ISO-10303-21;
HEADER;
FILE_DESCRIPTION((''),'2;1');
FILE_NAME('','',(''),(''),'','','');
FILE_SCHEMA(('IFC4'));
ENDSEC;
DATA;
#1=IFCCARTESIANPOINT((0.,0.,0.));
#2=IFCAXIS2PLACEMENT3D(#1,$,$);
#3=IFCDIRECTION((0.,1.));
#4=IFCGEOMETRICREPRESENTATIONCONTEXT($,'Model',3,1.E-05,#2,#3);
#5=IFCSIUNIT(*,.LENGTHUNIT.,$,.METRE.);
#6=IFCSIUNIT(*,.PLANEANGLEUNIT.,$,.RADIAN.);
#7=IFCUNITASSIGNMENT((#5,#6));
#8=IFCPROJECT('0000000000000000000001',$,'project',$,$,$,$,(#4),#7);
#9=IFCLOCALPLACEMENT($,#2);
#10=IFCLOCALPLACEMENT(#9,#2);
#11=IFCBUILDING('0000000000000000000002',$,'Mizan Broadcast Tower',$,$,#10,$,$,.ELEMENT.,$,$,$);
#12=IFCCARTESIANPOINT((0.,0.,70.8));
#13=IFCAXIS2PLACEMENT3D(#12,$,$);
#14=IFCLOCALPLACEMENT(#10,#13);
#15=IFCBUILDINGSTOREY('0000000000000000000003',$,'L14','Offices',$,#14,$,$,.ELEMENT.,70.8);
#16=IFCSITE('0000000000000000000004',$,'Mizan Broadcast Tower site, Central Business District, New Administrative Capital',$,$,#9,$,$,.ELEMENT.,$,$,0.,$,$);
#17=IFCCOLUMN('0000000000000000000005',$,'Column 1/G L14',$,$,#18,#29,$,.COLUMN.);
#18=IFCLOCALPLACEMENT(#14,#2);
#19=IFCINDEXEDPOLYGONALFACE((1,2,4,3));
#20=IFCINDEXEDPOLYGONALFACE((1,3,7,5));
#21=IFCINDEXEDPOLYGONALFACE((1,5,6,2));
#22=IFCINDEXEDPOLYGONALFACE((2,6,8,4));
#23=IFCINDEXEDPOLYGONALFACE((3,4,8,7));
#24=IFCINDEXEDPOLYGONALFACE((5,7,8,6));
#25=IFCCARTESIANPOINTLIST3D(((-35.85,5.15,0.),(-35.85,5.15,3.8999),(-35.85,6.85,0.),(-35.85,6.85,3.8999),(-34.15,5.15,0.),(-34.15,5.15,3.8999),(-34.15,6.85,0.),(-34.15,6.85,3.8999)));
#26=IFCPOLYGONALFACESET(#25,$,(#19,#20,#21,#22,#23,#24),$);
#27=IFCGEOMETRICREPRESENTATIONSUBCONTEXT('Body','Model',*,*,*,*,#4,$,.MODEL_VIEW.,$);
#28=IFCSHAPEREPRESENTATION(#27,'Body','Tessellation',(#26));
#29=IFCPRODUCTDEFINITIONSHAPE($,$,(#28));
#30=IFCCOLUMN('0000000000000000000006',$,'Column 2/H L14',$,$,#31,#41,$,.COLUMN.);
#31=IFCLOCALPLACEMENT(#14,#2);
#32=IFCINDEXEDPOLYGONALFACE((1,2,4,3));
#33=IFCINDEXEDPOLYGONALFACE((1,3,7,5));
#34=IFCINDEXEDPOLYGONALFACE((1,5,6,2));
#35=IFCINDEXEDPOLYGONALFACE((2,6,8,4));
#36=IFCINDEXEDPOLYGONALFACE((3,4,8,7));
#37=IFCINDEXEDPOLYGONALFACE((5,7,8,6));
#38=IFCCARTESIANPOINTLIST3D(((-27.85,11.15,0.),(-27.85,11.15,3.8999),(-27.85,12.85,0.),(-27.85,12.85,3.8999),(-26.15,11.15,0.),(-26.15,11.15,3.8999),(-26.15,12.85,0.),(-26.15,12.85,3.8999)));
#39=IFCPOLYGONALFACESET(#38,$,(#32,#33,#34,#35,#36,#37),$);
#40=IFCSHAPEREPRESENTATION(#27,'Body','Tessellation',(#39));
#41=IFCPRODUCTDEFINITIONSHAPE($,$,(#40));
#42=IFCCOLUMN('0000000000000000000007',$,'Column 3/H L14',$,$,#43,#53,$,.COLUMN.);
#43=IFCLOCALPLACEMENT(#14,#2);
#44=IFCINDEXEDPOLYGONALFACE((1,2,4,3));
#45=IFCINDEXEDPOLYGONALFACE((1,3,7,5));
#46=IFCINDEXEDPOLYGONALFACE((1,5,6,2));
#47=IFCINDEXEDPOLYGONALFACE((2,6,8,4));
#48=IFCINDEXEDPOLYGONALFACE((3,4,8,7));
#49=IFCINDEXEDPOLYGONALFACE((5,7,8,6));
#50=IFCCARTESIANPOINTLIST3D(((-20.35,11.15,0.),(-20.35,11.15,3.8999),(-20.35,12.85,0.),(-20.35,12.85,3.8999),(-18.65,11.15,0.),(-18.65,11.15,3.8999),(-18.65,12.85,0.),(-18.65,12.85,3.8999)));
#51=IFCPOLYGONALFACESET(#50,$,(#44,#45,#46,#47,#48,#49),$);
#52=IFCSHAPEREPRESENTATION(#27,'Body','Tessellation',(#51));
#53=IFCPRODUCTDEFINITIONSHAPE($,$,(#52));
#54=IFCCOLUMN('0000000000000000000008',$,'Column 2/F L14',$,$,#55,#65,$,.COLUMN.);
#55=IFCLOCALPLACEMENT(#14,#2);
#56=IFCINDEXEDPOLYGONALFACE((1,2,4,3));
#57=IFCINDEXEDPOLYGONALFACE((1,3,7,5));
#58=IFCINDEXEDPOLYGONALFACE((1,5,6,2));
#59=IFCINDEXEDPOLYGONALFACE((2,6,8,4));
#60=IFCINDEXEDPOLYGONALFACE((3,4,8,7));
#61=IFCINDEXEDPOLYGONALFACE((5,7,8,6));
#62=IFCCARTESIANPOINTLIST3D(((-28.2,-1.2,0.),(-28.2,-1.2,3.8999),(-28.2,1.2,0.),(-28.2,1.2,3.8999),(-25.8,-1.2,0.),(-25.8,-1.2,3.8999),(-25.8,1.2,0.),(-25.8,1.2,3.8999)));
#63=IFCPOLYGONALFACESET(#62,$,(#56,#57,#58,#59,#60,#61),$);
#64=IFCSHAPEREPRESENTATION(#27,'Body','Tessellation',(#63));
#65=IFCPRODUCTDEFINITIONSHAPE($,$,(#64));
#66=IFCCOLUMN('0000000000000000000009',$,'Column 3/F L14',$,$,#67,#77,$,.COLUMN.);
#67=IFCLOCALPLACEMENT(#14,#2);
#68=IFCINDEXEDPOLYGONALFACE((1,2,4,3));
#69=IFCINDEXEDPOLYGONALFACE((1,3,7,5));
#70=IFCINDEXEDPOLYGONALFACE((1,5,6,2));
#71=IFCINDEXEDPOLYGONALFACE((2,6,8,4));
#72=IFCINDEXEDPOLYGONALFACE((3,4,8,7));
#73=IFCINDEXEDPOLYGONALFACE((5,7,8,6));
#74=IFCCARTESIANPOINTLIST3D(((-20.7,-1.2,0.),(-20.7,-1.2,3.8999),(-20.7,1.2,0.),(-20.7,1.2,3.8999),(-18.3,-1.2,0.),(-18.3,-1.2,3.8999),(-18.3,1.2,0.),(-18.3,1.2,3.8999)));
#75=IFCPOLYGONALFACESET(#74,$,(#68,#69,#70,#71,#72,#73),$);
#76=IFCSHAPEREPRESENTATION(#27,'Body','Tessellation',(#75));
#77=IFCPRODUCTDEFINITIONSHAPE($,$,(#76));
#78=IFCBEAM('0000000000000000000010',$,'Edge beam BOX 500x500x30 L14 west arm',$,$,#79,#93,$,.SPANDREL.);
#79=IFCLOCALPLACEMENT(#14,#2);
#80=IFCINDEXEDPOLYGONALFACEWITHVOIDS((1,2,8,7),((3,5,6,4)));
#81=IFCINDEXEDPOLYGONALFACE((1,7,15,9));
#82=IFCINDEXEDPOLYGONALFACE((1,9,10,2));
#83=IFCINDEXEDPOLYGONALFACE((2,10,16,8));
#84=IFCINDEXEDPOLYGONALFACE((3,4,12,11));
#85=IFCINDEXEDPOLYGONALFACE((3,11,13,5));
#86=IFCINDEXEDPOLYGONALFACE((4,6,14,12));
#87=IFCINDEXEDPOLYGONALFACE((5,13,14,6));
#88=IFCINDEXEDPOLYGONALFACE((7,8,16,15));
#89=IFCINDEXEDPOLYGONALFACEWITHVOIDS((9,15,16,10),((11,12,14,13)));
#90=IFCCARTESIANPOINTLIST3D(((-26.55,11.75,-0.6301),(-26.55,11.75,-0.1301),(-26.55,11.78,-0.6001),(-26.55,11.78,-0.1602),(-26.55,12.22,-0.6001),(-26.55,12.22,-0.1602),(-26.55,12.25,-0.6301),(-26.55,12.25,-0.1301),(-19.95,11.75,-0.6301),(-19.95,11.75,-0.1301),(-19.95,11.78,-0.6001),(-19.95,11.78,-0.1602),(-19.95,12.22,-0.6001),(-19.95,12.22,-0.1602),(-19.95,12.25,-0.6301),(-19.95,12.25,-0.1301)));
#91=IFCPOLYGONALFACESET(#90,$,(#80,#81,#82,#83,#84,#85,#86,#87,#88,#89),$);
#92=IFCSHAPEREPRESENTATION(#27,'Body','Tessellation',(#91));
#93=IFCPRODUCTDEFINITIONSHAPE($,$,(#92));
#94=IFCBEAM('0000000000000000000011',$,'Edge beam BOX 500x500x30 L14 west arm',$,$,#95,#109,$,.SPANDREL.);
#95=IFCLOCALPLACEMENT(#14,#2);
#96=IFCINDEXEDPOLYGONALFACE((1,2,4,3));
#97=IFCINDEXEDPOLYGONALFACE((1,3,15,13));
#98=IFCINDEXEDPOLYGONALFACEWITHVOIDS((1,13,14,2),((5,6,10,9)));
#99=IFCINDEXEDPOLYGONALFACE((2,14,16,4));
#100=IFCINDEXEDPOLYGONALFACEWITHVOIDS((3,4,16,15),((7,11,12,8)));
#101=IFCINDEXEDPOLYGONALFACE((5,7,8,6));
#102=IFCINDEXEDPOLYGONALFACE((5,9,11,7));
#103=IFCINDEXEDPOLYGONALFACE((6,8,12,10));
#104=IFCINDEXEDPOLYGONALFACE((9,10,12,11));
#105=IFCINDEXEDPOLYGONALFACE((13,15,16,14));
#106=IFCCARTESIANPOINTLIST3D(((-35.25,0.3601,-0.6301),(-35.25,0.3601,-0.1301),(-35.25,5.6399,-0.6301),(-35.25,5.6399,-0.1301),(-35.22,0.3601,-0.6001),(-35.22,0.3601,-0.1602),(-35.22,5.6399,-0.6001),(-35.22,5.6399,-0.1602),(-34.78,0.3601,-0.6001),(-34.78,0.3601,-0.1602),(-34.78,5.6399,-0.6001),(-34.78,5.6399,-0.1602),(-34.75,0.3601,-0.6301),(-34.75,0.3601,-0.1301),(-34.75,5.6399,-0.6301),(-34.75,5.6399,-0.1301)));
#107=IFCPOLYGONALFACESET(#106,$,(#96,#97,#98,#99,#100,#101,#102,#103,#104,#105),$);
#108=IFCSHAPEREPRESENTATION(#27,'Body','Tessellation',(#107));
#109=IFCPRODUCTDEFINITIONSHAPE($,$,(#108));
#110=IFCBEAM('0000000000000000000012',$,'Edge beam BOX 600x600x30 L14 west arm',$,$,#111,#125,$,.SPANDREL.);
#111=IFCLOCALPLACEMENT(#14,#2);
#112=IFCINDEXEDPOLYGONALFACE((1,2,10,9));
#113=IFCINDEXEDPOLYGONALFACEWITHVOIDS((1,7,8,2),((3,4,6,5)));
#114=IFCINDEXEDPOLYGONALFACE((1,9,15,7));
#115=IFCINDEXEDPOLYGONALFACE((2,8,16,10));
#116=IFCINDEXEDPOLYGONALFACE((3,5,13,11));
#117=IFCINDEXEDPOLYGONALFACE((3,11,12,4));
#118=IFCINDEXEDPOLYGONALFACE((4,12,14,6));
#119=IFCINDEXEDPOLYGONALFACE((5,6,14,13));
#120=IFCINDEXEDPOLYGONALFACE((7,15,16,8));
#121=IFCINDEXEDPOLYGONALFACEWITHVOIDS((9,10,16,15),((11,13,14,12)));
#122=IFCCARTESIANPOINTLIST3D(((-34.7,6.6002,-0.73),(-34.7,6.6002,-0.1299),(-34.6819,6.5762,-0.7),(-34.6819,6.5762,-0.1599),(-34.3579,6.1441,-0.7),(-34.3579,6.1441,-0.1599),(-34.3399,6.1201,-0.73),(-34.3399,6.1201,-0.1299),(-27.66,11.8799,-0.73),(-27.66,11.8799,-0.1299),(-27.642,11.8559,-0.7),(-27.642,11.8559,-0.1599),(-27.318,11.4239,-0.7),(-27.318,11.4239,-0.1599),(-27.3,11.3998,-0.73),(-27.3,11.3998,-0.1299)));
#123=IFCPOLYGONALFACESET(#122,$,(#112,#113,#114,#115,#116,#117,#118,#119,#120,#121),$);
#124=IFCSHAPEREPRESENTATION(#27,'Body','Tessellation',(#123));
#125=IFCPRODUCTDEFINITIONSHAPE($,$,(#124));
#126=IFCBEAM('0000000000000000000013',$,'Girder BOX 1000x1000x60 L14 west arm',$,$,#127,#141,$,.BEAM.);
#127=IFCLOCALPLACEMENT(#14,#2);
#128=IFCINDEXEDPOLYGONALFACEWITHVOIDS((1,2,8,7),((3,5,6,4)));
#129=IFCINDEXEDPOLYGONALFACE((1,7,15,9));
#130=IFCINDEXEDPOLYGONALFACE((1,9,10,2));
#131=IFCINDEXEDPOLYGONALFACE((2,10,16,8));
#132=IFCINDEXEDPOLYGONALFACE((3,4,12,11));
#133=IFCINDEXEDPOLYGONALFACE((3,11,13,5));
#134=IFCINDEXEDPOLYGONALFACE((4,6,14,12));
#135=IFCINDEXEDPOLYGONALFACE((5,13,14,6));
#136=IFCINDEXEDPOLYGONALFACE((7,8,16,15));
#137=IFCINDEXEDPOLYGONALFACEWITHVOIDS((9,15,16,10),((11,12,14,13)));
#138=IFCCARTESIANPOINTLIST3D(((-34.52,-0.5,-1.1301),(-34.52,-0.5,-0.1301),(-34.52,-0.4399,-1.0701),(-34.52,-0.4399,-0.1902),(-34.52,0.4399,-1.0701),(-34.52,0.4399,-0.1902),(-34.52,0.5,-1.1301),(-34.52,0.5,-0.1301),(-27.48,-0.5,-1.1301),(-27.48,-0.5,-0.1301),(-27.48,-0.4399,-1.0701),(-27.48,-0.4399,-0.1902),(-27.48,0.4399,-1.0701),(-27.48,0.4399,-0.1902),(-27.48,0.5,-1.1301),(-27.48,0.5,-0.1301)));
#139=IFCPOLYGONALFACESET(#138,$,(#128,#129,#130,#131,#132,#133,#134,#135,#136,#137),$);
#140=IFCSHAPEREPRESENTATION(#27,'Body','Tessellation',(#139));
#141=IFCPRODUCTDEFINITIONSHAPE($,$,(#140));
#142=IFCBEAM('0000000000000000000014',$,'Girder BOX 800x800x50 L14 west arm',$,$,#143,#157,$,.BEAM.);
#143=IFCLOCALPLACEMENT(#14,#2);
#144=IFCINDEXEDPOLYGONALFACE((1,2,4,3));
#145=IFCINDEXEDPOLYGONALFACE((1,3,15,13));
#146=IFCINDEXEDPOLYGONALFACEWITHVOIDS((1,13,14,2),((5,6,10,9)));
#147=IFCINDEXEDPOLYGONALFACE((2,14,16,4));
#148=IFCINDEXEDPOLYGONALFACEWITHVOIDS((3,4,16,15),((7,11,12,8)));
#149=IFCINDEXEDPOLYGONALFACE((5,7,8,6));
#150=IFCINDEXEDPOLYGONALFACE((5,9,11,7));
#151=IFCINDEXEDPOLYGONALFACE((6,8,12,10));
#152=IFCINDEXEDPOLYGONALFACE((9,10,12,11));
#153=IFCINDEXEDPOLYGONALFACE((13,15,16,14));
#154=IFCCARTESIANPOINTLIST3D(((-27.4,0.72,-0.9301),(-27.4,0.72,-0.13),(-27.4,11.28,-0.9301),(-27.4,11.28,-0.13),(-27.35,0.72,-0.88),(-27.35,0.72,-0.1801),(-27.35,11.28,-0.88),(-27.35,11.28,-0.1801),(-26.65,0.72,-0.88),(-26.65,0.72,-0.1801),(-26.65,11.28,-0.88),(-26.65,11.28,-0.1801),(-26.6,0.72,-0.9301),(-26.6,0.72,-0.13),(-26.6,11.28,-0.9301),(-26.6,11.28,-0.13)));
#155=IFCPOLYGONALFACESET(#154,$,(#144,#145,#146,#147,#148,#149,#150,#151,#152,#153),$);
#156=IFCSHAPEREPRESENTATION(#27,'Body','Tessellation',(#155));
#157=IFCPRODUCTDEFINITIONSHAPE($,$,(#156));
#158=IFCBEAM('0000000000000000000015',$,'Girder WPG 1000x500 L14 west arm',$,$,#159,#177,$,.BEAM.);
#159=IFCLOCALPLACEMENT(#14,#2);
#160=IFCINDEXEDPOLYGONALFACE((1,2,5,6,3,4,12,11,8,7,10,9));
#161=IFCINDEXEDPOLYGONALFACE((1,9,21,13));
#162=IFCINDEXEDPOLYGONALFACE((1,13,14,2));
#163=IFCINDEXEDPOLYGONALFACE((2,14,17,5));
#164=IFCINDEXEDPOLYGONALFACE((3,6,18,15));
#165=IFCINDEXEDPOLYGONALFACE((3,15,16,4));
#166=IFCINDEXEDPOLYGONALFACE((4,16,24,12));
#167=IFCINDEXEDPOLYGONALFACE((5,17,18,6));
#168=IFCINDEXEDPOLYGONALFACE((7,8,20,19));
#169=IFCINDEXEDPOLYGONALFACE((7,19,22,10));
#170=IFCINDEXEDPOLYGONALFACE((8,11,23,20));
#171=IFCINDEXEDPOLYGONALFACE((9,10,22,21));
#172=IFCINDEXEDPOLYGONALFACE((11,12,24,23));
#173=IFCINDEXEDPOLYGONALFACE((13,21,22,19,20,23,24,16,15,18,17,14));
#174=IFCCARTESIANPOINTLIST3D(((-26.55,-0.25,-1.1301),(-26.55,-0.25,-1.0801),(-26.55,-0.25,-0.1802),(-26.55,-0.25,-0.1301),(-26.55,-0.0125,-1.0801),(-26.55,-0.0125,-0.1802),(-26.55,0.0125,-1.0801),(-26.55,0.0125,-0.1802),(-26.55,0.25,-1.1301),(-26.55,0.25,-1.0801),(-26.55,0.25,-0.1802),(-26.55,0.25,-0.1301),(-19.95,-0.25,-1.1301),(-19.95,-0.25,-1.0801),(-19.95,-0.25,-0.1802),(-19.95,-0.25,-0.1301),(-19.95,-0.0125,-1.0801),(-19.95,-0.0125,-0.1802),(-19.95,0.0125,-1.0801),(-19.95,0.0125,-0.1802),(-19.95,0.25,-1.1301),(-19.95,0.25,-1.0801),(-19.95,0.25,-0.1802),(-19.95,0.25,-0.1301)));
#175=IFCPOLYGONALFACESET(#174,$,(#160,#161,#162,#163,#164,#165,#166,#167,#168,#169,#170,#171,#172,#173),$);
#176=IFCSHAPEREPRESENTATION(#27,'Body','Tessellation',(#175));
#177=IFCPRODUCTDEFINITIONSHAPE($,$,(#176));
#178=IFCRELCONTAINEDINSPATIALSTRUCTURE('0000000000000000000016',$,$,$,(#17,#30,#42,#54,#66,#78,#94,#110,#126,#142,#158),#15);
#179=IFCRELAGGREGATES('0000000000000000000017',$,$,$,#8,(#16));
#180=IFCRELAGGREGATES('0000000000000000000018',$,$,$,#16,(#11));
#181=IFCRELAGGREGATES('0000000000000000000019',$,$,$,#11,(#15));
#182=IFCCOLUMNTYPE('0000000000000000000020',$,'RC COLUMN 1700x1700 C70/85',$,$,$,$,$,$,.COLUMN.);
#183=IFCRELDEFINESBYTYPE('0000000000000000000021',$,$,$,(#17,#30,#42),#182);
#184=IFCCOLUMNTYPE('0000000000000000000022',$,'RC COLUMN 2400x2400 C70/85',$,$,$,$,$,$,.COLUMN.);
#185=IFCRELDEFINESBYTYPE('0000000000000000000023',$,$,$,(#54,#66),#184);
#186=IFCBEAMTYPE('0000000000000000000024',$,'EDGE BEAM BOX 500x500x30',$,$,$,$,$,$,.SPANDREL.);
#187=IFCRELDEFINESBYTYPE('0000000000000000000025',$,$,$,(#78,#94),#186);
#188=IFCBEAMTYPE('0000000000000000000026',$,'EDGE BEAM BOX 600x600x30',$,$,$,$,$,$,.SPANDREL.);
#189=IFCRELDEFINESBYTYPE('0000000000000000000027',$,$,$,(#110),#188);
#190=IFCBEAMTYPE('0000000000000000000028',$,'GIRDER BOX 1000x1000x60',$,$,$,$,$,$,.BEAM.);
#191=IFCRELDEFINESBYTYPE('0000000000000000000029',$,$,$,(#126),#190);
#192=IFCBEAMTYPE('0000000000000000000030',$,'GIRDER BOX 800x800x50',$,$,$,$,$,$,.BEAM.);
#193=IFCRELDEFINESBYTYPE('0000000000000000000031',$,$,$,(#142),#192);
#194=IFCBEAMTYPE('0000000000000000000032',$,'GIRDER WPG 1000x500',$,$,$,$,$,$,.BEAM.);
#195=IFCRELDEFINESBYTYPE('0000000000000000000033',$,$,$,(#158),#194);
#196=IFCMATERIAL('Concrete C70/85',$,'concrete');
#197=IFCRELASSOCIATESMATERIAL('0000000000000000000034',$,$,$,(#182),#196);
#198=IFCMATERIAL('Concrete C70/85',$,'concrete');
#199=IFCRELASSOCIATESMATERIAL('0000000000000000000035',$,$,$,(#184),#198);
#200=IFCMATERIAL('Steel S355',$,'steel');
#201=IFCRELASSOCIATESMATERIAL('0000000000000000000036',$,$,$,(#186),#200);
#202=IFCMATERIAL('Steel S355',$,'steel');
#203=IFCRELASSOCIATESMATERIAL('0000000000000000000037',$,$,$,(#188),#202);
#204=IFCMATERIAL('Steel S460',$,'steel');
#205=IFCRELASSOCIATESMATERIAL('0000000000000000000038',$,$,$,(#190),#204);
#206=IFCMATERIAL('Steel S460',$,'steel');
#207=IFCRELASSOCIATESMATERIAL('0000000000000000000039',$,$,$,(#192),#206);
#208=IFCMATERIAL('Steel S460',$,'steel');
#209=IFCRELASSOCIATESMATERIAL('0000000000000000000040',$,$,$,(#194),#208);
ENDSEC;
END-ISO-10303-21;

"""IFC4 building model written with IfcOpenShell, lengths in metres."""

from ifc_helpers import new_model, si_unit, direction, frame, origin, origin_2d, place, context, subcontext, project, spatial, rectangle, hollow_rectangle, i_section, extrude, material, material_profile, profile_set, type_object, element, save


model = new_model("IFC4")

# Units and contexts
model_context = context("Model", 3, precision=1e-05, world=origin(), true_north=direction((0.0, 1.0)))
body_context = subcontext(model_context, "Body", "Model", "MODEL_VIEW")
ifc_project = project(units=[si_unit("LENGTHUNIT", "METRE"), si_unit("PLANEANGLEUNIT", "RADIAN")], contexts=[model_context])

# Site, building, storey
site_placement = place(None, origin())
site = spatial("IfcSite", under=ifc_project, at=site_placement, Name="Mizan Broadcast Tower site, Central Business District, New Administrative Capital", CompositionType="ELEMENT", RefElevation=0.0)
building_placement = place(site_placement, origin())
building = spatial("IfcBuilding", under=site, at=building_placement, Name="Mizan Broadcast Tower", CompositionType="ELEMENT")
storey_placement = place(building_placement, frame((0.0, 0.0, 70.8)))
storey = spatial("IfcBuildingStorey", under=building, at=storey_placement, Name="L14", Description="Offices", CompositionType="ELEMENT", Elevation=70.8)

# Columns
ifc_material_1 = material(Name="Concrete C70/85", Category="concrete")
ifc_material_profile_1 = material_profile(ifc_material_1, rectangle(XDim=1.7, YDim=1.7, at=origin_2d()), Name="RC 1700x1700")
ifc_profile_set_1 = profile_set([ifc_material_profile_1], Name="Concrete C70/85")
column_type_1 = type_object("IfcColumnType", Name="RC COLUMN 1700x1700 C70/85", PredefinedType="COLUMN", material=ifc_profile_set_1)
for number, where, z_axis, x_axis, name in (
    (1, (-35.0, 6.0, 0.0), (0.0, 0.0, 1.0), (1.0, 0.0, 0.0), "Column 1/G L14"),
    (2, (-27.0, 12.0, 0.0), (0.0, 0.0, 1.0), (1.0, 0.0, 0.0), "Column 2/H L14"),
    (3, (-19.5, 12.0, 0.0), (0.0, 0.0, 1.0), (1.0, 0.0, 0.0), "Column 3/H L14"),
):
    element("IfcColumn", number, at=place(storey_placement, frame(where, z_axis=z_axis, x_axis=x_axis)), inside=storey, type_object=column_type_1, Name=name, PredefinedType="COLUMN", context=body_context, shape_type="SweptSolid", body=[
        extrude(rectangle(XDim=1.7, YDim=1.7, at=origin_2d()), origin(), (0.0, 0.0, 1.0), 3.8999),
    ])
ifc_material_2 = material(Name="Concrete C70/85", Category="concrete")
ifc_material_profile_2 = material_profile(ifc_material_2, rectangle(XDim=2.3999, YDim=2.3999, at=origin_2d()), Name="RC 2400x2400")
ifc_profile_set_2 = profile_set([ifc_material_profile_2], Name="Concrete C70/85")
column_type_2 = type_object("IfcColumnType", Name="RC COLUMN 2400x2400 C70/85", PredefinedType="COLUMN", material=ifc_profile_set_2)
for number, where, z_axis, x_axis, name in (
    (4, (-27.0, 0.0, 0.0), (0.0, 0.0, 1.0), (1.0, 0.0, 0.0), "Column 2/F L14"),
    (5, (-19.5, 0.0, 0.0), (0.0, 0.0, 1.0), (1.0, 0.0, 0.0), "Column 3/F L14"),
):
    element("IfcColumn", number, at=place(storey_placement, frame(where, z_axis=z_axis, x_axis=x_axis)), inside=storey, type_object=column_type_2, Name=name, PredefinedType="COLUMN", context=body_context, shape_type="SweptSolid", body=[
        extrude(rectangle(XDim=2.3999, YDim=2.3999, at=origin_2d()), origin(), (0.0, 0.0, 1.0), 3.8999),
    ])

# Beams
ifc_material_3 = material(Name="Steel S355", Category="steel")
ifc_material_profile_3 = material_profile(ifc_material_3, hollow_rectangle(XDim=0.5, YDim=0.5, WallThickness=0.03, at=origin_2d()), Name="BOX 500x500x30")
ifc_profile_set_3 = profile_set([ifc_material_profile_3], Name="Steel S355")
beam_type_1 = type_object("IfcBeamType", Name="EDGE BEAM BOX 500x500x30", PredefinedType="SPANDREL", material=ifc_profile_set_3)
beam_1_placement = place(storey_placement, frame((-19.95, 12.0, -0.3801), z_axis=(-1.0, 0.0, 0.0), x_axis=(0.0, -1.0, 0.0)))
element("IfcBeam", 6, at=beam_1_placement, inside=storey, type_object=beam_type_1, Name="Edge beam BOX 500x500x30 L14 west arm", PredefinedType="SPANDREL", context=body_context, shape_type="SweptSolid", body=[
    extrude(hollow_rectangle(XDim=0.5, YDim=0.5, WallThickness=0.03, at=origin_2d()), origin(), (0.0, 0.0, 1.0), 6.6001),
])
beam_2_placement = place(storey_placement, frame((-35.0, 5.6399, -0.3801), z_axis=(0.0, -1.0, 0.0), x_axis=(1.0, 0.0, 0.0)))
element("IfcBeam", 7, at=beam_2_placement, inside=storey, type_object=beam_type_1, Name="Edge beam BOX 500x500x30 L14 west arm", PredefinedType="SPANDREL", context=body_context, shape_type="SweptSolid", body=[
    extrude(hollow_rectangle(XDim=0.5, YDim=0.5, WallThickness=0.03, at=origin_2d()), origin(), (0.0, 0.0, 1.0), 5.2798),
])
ifc_material_4 = material(Name="Steel S355", Category="steel")
ifc_material_profile_4 = material_profile(ifc_material_4, hollow_rectangle(XDim=0.6001, YDim=0.6001, WallThickness=0.03, at=origin_2d()), Name="BOX 600x600x30")
ifc_profile_set_4 = profile_set([ifc_material_profile_4], Name="Steel S355")
beam_type_2 = type_object("IfcBeamType", Name="EDGE BEAM BOX 600x600x30", PredefinedType="SPANDREL", material=ifc_profile_set_4)
beam_3_placement = place(storey_placement, frame((-27.48, 11.6399, -0.4299), z_axis=(-0.800013, -0.599982, 0.0), x_axis=(0.599982, -0.800013, 0.0)))
element("IfcBeam", 8, at=beam_3_placement, inside=storey, type_object=beam_type_2, Name="Edge beam BOX 600x600x30 L14 west arm", PredefinedType="SPANDREL", context=body_context, shape_type="SweptSolid", body=[
    extrude(hollow_rectangle(XDim=0.6001, YDim=0.6001, WallThickness=0.03, at=origin_2d()), origin(), (0.0, 0.0, 1.0), 8.7998),
])
ifc_material_5 = material(Name="Steel S460", Category="steel")
ifc_material_profile_5 = material_profile(ifc_material_5, hollow_rectangle(XDim=1.0, YDim=1.0, WallThickness=0.0601, at=origin_2d()), Name="BOX 1000x1000x60")
ifc_profile_set_5 = profile_set([ifc_material_profile_5], Name="Steel S460")
beam_type_3 = type_object("IfcBeamType", Name="GIRDER BOX 1000x1000x60", PredefinedType="BEAM", material=ifc_profile_set_5)
beam_4_placement = place(storey_placement, frame((-27.48, 0.0, -0.6301), z_axis=(-1.0, 0.0, 0.0), x_axis=(0.0, -1.0, 0.0)))
element("IfcBeam", 9, at=beam_4_placement, inside=storey, type_object=beam_type_3, Name="Girder BOX 1000x1000x60 L14 west arm", PredefinedType="BEAM", context=body_context, shape_type="SweptSolid", body=[
    extrude(hollow_rectangle(XDim=1.0, YDim=1.0, WallThickness=0.0601, at=origin_2d()), origin(), (0.0, 0.0, 1.0), 7.04),
])
ifc_material_6 = material(Name="Steel S460", Category="steel")
ifc_material_profile_6 = material_profile(ifc_material_6, hollow_rectangle(XDim=0.8, YDim=0.8, WallThickness=0.05, at=origin_2d()), Name="BOX 800x800x50")
ifc_profile_set_6 = profile_set([ifc_material_profile_6], Name="Steel S460")
beam_type_4 = type_object("IfcBeamType", Name="GIRDER BOX 800x800x50", PredefinedType="BEAM", material=ifc_profile_set_6)
beam_5_placement = place(storey_placement, frame((-27.0, 11.28, -0.53), z_axis=(0.0, -1.0, 0.0), x_axis=(1.0, 0.0, 0.0)))
element("IfcBeam", 10, at=beam_5_placement, inside=storey, type_object=beam_type_4, Name="Girder BOX 800x800x50 L14 west arm", PredefinedType="BEAM", context=body_context, shape_type="SweptSolid", body=[
    extrude(hollow_rectangle(XDim=0.8, YDim=0.8, WallThickness=0.05, at=origin_2d()), origin(), (0.0, 0.0, 1.0), 10.5601),
])
ifc_material_7 = material(Name="Steel S460", Category="steel")
ifc_material_profile_7 = material_profile(ifc_material_7, i_section(OverallWidth=0.5, OverallDepth=1.0, WebThickness=0.0249, FlangeThickness=0.05, at=origin_2d()), Name="WPG 1000x500")
ifc_profile_set_7 = profile_set([ifc_material_profile_7], Name="Steel S460")
beam_type_5 = type_object("IfcBeamType", Name="GIRDER WPG 1000x500", PredefinedType="BEAM", material=ifc_profile_set_7)
beam_6_placement = place(storey_placement, frame((-19.95, 0.0, -0.6301), z_axis=(-1.0, 0.0, 0.0), x_axis=(0.0, -1.0, 0.0)))
element("IfcBeam", 11, at=beam_6_placement, inside=storey, type_object=beam_type_5, Name="Girder WPG 1000x500 L14 west arm", PredefinedType="BEAM", context=body_context, shape_type="SweptSolid", body=[
    extrude(i_section(OverallWidth=0.5, OverallDepth=1.0, WebThickness=0.0249, FlangeThickness=0.05, at=origin_2d()), origin(), (0.0, 0.0, 1.0), 6.6001),
])

save(model, "model.ifc")
